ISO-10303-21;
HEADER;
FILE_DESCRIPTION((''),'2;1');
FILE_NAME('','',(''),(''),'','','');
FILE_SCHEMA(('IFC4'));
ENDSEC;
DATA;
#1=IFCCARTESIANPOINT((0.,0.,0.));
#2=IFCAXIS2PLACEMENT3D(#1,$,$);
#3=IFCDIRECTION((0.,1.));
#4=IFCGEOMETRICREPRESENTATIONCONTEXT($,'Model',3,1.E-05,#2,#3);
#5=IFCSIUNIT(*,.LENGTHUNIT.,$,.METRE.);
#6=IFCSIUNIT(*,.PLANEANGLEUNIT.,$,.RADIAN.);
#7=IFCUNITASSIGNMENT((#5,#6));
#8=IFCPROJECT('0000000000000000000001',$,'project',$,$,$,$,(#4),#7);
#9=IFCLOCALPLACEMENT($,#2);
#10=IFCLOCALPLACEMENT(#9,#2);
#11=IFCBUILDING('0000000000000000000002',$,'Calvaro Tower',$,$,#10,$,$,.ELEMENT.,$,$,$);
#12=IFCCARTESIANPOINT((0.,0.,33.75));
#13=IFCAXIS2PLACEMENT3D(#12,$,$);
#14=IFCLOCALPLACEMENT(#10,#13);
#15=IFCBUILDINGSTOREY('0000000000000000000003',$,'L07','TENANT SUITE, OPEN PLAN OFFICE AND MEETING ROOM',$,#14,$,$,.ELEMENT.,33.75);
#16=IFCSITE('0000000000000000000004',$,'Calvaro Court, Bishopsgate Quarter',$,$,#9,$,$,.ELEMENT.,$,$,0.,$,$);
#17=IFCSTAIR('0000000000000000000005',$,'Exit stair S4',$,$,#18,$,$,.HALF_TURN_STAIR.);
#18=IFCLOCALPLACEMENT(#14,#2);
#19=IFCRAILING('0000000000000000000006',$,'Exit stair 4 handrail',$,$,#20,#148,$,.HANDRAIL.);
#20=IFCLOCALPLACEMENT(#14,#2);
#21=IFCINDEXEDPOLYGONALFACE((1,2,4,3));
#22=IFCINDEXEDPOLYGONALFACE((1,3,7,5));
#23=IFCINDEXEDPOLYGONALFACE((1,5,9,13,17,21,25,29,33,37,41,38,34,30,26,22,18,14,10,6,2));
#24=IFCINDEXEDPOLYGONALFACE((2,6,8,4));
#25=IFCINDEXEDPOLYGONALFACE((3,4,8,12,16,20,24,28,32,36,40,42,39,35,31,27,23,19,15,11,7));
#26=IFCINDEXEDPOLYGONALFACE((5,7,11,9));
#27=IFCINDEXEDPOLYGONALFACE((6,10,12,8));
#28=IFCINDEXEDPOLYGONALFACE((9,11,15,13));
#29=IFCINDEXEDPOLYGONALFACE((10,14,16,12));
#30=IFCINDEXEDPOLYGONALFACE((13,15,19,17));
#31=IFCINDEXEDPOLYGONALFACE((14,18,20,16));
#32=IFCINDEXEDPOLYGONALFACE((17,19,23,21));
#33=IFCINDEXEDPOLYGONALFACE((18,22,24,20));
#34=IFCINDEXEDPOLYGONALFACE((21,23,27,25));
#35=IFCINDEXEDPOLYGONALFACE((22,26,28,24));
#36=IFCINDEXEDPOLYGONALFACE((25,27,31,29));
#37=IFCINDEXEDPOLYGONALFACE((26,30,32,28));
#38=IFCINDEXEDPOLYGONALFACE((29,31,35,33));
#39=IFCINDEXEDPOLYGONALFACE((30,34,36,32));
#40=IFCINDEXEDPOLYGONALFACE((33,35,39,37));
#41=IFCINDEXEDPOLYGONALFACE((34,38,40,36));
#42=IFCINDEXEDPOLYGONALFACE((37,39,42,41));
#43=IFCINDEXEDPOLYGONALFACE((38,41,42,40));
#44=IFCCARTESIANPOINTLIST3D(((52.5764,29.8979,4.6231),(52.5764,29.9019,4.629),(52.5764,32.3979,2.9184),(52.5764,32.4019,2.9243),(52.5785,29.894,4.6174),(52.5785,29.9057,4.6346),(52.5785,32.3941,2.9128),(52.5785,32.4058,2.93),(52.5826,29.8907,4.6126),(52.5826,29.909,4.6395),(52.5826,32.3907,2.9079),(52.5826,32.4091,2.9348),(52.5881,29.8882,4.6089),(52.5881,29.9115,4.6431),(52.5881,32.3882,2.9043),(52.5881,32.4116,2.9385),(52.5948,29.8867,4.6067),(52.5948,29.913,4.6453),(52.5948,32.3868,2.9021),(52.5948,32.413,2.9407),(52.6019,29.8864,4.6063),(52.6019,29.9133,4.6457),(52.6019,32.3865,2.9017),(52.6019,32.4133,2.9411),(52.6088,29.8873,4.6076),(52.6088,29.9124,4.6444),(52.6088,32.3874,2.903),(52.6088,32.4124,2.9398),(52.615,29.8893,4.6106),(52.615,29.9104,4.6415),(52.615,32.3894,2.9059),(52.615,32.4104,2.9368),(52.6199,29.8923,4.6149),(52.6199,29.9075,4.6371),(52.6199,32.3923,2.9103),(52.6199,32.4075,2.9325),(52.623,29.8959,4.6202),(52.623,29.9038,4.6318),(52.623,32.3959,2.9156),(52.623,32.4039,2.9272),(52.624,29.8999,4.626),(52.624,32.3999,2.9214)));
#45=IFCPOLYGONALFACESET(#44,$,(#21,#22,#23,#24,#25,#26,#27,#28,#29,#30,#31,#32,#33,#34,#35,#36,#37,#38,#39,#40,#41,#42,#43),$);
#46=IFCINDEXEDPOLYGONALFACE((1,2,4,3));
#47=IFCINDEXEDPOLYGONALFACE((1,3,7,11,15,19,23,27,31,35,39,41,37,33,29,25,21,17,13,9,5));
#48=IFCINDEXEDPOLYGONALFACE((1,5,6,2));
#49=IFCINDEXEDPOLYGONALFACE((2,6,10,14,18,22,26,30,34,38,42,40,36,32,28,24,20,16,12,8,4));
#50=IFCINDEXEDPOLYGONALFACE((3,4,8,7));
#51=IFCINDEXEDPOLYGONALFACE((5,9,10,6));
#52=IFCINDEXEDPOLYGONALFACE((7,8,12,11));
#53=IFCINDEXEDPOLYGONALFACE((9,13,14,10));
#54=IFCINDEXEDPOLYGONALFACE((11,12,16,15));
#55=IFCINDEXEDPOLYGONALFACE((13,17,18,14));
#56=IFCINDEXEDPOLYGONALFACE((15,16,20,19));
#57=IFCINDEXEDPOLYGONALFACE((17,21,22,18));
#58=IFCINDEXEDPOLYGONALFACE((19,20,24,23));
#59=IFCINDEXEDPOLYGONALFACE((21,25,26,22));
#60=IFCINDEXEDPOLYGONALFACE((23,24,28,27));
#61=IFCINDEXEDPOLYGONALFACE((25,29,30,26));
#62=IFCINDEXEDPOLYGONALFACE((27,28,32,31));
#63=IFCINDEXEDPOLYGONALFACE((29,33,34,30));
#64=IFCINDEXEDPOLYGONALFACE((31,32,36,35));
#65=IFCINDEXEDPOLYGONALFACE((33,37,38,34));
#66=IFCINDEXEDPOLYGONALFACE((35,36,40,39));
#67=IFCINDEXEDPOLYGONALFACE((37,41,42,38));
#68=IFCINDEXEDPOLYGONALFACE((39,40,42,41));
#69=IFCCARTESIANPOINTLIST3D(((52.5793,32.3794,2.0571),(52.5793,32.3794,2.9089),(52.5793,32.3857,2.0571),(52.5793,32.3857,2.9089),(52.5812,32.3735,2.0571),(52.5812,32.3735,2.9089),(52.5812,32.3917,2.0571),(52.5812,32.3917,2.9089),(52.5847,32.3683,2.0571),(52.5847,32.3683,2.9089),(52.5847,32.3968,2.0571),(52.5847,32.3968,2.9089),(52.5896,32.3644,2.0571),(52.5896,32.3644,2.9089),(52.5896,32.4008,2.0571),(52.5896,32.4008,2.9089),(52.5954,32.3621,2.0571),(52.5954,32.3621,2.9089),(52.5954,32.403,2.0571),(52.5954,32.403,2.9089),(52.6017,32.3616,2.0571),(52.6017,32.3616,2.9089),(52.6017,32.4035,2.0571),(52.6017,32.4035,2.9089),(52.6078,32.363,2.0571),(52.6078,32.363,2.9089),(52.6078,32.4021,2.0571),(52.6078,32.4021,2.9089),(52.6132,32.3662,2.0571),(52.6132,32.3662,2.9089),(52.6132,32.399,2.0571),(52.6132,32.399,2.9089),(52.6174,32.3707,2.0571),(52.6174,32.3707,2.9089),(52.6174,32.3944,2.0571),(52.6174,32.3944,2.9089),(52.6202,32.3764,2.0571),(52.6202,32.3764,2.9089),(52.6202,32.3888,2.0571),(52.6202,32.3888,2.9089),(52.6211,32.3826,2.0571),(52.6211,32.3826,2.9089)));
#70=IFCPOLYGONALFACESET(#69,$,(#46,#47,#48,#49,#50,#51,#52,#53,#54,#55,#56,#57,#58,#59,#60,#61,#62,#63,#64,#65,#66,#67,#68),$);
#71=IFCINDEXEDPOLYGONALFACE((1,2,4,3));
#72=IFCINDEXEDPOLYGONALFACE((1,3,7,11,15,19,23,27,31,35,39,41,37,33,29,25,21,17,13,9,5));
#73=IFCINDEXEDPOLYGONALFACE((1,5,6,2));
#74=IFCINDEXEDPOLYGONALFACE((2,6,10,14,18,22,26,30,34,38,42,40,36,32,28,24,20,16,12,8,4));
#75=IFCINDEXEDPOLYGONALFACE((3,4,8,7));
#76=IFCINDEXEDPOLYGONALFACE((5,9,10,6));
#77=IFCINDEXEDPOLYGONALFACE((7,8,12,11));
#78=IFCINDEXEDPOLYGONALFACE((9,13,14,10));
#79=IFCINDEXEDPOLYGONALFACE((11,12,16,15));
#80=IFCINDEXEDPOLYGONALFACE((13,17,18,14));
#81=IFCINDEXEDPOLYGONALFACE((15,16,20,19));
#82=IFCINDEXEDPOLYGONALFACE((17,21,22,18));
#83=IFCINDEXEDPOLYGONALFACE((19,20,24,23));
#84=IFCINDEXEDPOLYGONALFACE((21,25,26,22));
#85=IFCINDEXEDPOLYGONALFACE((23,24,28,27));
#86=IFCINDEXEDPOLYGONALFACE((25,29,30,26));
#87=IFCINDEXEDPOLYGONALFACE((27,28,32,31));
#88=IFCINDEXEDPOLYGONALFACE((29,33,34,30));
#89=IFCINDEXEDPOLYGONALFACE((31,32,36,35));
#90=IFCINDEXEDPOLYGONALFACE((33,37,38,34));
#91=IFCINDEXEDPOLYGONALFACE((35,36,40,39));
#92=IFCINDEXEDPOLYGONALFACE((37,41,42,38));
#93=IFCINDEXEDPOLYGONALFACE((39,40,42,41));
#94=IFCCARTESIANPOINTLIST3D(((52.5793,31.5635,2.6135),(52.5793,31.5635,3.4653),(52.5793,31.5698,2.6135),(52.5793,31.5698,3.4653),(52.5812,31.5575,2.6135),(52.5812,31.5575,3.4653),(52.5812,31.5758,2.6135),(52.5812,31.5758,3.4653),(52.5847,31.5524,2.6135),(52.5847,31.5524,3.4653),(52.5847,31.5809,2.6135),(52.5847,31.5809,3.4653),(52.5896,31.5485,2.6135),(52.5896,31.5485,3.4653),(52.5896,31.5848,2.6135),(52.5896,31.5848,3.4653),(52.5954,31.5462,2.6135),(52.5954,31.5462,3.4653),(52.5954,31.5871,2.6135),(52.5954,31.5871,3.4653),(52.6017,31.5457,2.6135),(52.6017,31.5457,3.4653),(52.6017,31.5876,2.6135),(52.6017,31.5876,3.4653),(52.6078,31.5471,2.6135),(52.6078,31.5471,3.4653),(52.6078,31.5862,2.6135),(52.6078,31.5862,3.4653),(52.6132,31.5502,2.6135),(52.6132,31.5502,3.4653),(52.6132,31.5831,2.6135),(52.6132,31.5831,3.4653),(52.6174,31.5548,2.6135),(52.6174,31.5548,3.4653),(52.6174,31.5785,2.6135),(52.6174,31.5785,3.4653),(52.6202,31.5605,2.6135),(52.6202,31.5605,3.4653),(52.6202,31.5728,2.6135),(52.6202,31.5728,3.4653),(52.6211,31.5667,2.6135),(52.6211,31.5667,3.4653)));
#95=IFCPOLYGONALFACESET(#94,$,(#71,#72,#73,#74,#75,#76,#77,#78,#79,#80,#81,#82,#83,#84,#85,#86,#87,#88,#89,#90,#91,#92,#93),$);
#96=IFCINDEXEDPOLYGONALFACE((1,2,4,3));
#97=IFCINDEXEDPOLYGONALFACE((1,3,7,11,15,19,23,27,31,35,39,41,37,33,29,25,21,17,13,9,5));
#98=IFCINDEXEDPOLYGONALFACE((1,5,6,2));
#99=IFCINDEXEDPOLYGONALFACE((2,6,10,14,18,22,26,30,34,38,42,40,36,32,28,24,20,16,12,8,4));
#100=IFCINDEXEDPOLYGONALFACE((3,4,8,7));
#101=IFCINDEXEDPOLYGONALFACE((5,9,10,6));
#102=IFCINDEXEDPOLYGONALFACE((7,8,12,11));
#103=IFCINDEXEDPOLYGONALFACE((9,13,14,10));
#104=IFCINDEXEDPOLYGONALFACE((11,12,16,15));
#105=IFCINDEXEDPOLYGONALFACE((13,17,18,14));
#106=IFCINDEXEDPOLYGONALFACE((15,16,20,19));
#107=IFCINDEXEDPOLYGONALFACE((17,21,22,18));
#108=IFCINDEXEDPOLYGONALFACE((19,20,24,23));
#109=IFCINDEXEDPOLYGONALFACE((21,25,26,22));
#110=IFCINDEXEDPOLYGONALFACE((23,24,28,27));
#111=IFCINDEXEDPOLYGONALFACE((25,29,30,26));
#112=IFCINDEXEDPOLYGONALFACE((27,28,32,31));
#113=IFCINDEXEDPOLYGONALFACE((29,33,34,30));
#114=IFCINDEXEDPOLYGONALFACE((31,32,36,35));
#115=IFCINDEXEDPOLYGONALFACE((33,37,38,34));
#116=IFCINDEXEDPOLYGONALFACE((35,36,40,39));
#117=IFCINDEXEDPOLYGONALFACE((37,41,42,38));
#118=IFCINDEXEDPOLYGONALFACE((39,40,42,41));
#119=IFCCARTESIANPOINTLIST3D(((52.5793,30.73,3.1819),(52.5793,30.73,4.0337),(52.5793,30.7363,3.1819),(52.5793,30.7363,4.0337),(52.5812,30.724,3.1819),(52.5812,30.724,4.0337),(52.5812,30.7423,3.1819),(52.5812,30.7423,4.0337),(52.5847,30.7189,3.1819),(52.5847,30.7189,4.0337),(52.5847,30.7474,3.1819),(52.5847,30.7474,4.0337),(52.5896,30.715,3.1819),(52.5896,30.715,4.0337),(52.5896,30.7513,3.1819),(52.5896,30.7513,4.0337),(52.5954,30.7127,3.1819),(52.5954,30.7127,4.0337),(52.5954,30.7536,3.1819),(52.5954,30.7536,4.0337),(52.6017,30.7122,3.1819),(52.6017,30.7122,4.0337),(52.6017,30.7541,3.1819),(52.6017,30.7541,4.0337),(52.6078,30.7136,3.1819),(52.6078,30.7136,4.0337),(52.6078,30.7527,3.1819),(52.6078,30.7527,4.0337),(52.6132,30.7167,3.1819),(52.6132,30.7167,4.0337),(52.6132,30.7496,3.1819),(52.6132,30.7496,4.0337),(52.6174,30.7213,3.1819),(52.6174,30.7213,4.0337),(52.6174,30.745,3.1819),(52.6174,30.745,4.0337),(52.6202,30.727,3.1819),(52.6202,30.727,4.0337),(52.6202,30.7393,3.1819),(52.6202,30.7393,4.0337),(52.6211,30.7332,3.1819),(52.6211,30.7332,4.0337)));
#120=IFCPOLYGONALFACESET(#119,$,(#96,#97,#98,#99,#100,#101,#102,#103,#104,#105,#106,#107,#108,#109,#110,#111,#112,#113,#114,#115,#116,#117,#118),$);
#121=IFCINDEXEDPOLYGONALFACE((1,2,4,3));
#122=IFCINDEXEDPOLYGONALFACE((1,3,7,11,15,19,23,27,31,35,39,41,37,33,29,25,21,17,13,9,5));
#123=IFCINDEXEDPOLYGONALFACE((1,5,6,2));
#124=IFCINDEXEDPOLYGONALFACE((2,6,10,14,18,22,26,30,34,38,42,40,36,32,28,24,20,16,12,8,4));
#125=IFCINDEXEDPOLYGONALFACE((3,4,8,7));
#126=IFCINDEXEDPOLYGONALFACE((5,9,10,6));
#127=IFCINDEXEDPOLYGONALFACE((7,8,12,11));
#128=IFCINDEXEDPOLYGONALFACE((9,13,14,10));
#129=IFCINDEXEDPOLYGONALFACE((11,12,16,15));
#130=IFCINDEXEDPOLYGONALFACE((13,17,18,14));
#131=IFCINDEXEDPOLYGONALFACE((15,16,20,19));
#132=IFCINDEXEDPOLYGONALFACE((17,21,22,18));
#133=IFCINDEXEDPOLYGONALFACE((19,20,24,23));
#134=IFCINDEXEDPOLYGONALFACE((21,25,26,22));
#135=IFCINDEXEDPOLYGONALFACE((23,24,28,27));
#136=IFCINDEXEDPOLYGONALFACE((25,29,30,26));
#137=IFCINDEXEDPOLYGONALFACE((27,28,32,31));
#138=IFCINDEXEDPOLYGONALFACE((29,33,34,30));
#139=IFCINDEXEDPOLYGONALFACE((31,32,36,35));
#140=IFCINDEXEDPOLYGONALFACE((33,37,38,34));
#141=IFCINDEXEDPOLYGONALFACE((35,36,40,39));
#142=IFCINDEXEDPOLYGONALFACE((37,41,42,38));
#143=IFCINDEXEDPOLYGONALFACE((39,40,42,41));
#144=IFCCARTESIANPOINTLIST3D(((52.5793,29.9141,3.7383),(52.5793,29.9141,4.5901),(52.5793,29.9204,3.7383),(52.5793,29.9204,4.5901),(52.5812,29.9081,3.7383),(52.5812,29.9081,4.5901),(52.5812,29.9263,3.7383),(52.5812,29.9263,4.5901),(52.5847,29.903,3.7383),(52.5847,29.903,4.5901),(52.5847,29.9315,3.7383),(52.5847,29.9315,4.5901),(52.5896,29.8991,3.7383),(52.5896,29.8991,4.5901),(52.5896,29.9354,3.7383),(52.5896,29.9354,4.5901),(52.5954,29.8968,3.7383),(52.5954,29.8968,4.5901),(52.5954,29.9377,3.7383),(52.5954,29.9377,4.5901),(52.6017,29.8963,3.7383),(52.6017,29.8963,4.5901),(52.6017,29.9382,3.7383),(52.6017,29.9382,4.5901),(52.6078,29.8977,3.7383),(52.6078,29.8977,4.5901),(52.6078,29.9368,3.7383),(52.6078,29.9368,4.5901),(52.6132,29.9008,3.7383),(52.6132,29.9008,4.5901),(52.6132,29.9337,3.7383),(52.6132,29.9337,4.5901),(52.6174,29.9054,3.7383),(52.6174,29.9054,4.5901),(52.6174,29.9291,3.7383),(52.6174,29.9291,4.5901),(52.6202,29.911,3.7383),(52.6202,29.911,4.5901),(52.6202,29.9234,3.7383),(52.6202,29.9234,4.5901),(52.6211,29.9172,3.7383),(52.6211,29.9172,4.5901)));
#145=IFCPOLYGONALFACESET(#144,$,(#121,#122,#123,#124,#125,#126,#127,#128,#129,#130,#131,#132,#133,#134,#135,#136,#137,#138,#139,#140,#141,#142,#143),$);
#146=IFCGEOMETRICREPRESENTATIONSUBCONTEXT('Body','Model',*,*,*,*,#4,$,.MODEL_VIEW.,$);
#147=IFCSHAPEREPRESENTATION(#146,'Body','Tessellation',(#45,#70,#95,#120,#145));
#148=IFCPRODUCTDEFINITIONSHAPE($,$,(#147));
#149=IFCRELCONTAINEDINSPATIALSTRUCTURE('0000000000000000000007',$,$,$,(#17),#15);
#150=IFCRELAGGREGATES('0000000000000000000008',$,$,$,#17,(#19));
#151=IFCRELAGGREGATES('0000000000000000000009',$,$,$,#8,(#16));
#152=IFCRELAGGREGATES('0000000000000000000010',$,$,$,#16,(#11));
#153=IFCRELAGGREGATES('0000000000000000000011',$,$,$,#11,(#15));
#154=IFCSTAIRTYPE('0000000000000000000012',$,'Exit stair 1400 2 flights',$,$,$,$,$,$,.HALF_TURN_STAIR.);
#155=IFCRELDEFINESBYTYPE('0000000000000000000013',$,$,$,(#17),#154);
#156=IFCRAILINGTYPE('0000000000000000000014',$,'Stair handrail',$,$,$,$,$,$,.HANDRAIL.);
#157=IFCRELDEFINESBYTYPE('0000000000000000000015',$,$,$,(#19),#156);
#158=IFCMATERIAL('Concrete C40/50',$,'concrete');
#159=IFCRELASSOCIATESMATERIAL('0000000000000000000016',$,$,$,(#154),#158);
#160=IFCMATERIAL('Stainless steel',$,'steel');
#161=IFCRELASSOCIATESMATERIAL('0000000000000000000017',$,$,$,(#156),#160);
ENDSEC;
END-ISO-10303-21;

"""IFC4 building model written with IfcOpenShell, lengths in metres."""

from ifc_helpers import new_model, si_unit, direction, frame, origin, origin_2d, place, context, subcontext, project, spatial, circle, extrude, material, type_object, element, aggregate, save


model = new_model("IFC4")

# Units and contexts
model_context = context("Model", 3, precision=1e-05, world=origin(), true_north=direction((0.0, 1.0)))
body_context = subcontext(model_context, "Body", "Model", "MODEL_VIEW")
ifc_project = project(units=[si_unit("LENGTHUNIT", "METRE"), si_unit("PLANEANGLEUNIT", "RADIAN")], contexts=[model_context])

# Site, building, storey
site_placement = place(None, origin())
site = spatial("IfcSite", under=ifc_project, at=site_placement, Name="Calvaro Court, Bishopsgate Quarter", CompositionType="ELEMENT", RefElevation=0.0)
building_placement = place(site_placement, origin())
building = spatial("IfcBuilding", under=site, at=building_placement, Name="Calvaro Tower", CompositionType="ELEMENT")
storey_placement = place(building_placement, frame((0.0, 0.0, 33.75)))
storey = spatial("IfcBuildingStorey", under=building, at=storey_placement, Name="L07", Description="TENANT SUITE, OPEN PLAN OFFICE AND MEETING ROOM", CompositionType="ELEMENT", Elevation=33.75)

# Shared definitions
ifc_material_1 = material(Name="Concrete C40/50", Category="concrete")
stair_type = type_object("IfcStairType", Name="Exit stair 1400 2 flights", PredefinedType="HALF_TURN_STAIR", material=ifc_material_1)

# Stair
stair_1_placement = place(storey_placement, origin())
stair_1 = element("IfcStair", 1, at=stair_1_placement, inside=storey, type_object=stair_type, Name="Exit stair S4", PredefinedType="HALF_TURN_STAIR")

# Railing
ifc_material_2 = material(Name="Stainless steel", Category="steel")
railing_type = type_object("IfcRailingType", Name="Stair handrail", PredefinedType="HANDRAIL", material=ifc_material_2)
railing_1_placement = place(storey_placement, frame((52.6001, 32.3999, 2.0454)))
railing_1 = element("IfcRailing", 2, at=railing_1_placement, type_object=railing_type, Name="Exit stair 4 handrail", PredefinedType="HANDRAIL", context=body_context, shape_type="SweptSolid", body=[
    extrude(circle(Radius=0.0239, at=origin_2d()), frame((0.0, 0.0, 0.876), z_axis=(0.0, -0.826221, 0.563347), x_axis=(1.0, 0.0, 0.0)), (0.0, 0.0, 1.0), 3.0259),
    extrude(circle(Radius=0.021, at=origin_2d()), frame((0.0, -0.0173, 0.0117)), (0.0, 0.0, 1.0), 0.8518),
    extrude(circle(Radius=0.021, at=origin_2d()), frame((0.0, -0.8333, 0.5681)), (0.0, 0.0, 1.0), 0.8518),
    extrude(circle(Radius=0.021, at=origin_2d()), frame((0.0, -1.6667, 1.1365)), (0.0, 0.0, 1.0), 0.8518),
    extrude(circle(Radius=0.021, at=origin_2d()), frame((0.0, -2.4827, 1.6929)), (0.0, 0.0, 1.0), 0.8518),
])
aggregate(stair_1, [railing_1])

save(model, "model.ifc")
